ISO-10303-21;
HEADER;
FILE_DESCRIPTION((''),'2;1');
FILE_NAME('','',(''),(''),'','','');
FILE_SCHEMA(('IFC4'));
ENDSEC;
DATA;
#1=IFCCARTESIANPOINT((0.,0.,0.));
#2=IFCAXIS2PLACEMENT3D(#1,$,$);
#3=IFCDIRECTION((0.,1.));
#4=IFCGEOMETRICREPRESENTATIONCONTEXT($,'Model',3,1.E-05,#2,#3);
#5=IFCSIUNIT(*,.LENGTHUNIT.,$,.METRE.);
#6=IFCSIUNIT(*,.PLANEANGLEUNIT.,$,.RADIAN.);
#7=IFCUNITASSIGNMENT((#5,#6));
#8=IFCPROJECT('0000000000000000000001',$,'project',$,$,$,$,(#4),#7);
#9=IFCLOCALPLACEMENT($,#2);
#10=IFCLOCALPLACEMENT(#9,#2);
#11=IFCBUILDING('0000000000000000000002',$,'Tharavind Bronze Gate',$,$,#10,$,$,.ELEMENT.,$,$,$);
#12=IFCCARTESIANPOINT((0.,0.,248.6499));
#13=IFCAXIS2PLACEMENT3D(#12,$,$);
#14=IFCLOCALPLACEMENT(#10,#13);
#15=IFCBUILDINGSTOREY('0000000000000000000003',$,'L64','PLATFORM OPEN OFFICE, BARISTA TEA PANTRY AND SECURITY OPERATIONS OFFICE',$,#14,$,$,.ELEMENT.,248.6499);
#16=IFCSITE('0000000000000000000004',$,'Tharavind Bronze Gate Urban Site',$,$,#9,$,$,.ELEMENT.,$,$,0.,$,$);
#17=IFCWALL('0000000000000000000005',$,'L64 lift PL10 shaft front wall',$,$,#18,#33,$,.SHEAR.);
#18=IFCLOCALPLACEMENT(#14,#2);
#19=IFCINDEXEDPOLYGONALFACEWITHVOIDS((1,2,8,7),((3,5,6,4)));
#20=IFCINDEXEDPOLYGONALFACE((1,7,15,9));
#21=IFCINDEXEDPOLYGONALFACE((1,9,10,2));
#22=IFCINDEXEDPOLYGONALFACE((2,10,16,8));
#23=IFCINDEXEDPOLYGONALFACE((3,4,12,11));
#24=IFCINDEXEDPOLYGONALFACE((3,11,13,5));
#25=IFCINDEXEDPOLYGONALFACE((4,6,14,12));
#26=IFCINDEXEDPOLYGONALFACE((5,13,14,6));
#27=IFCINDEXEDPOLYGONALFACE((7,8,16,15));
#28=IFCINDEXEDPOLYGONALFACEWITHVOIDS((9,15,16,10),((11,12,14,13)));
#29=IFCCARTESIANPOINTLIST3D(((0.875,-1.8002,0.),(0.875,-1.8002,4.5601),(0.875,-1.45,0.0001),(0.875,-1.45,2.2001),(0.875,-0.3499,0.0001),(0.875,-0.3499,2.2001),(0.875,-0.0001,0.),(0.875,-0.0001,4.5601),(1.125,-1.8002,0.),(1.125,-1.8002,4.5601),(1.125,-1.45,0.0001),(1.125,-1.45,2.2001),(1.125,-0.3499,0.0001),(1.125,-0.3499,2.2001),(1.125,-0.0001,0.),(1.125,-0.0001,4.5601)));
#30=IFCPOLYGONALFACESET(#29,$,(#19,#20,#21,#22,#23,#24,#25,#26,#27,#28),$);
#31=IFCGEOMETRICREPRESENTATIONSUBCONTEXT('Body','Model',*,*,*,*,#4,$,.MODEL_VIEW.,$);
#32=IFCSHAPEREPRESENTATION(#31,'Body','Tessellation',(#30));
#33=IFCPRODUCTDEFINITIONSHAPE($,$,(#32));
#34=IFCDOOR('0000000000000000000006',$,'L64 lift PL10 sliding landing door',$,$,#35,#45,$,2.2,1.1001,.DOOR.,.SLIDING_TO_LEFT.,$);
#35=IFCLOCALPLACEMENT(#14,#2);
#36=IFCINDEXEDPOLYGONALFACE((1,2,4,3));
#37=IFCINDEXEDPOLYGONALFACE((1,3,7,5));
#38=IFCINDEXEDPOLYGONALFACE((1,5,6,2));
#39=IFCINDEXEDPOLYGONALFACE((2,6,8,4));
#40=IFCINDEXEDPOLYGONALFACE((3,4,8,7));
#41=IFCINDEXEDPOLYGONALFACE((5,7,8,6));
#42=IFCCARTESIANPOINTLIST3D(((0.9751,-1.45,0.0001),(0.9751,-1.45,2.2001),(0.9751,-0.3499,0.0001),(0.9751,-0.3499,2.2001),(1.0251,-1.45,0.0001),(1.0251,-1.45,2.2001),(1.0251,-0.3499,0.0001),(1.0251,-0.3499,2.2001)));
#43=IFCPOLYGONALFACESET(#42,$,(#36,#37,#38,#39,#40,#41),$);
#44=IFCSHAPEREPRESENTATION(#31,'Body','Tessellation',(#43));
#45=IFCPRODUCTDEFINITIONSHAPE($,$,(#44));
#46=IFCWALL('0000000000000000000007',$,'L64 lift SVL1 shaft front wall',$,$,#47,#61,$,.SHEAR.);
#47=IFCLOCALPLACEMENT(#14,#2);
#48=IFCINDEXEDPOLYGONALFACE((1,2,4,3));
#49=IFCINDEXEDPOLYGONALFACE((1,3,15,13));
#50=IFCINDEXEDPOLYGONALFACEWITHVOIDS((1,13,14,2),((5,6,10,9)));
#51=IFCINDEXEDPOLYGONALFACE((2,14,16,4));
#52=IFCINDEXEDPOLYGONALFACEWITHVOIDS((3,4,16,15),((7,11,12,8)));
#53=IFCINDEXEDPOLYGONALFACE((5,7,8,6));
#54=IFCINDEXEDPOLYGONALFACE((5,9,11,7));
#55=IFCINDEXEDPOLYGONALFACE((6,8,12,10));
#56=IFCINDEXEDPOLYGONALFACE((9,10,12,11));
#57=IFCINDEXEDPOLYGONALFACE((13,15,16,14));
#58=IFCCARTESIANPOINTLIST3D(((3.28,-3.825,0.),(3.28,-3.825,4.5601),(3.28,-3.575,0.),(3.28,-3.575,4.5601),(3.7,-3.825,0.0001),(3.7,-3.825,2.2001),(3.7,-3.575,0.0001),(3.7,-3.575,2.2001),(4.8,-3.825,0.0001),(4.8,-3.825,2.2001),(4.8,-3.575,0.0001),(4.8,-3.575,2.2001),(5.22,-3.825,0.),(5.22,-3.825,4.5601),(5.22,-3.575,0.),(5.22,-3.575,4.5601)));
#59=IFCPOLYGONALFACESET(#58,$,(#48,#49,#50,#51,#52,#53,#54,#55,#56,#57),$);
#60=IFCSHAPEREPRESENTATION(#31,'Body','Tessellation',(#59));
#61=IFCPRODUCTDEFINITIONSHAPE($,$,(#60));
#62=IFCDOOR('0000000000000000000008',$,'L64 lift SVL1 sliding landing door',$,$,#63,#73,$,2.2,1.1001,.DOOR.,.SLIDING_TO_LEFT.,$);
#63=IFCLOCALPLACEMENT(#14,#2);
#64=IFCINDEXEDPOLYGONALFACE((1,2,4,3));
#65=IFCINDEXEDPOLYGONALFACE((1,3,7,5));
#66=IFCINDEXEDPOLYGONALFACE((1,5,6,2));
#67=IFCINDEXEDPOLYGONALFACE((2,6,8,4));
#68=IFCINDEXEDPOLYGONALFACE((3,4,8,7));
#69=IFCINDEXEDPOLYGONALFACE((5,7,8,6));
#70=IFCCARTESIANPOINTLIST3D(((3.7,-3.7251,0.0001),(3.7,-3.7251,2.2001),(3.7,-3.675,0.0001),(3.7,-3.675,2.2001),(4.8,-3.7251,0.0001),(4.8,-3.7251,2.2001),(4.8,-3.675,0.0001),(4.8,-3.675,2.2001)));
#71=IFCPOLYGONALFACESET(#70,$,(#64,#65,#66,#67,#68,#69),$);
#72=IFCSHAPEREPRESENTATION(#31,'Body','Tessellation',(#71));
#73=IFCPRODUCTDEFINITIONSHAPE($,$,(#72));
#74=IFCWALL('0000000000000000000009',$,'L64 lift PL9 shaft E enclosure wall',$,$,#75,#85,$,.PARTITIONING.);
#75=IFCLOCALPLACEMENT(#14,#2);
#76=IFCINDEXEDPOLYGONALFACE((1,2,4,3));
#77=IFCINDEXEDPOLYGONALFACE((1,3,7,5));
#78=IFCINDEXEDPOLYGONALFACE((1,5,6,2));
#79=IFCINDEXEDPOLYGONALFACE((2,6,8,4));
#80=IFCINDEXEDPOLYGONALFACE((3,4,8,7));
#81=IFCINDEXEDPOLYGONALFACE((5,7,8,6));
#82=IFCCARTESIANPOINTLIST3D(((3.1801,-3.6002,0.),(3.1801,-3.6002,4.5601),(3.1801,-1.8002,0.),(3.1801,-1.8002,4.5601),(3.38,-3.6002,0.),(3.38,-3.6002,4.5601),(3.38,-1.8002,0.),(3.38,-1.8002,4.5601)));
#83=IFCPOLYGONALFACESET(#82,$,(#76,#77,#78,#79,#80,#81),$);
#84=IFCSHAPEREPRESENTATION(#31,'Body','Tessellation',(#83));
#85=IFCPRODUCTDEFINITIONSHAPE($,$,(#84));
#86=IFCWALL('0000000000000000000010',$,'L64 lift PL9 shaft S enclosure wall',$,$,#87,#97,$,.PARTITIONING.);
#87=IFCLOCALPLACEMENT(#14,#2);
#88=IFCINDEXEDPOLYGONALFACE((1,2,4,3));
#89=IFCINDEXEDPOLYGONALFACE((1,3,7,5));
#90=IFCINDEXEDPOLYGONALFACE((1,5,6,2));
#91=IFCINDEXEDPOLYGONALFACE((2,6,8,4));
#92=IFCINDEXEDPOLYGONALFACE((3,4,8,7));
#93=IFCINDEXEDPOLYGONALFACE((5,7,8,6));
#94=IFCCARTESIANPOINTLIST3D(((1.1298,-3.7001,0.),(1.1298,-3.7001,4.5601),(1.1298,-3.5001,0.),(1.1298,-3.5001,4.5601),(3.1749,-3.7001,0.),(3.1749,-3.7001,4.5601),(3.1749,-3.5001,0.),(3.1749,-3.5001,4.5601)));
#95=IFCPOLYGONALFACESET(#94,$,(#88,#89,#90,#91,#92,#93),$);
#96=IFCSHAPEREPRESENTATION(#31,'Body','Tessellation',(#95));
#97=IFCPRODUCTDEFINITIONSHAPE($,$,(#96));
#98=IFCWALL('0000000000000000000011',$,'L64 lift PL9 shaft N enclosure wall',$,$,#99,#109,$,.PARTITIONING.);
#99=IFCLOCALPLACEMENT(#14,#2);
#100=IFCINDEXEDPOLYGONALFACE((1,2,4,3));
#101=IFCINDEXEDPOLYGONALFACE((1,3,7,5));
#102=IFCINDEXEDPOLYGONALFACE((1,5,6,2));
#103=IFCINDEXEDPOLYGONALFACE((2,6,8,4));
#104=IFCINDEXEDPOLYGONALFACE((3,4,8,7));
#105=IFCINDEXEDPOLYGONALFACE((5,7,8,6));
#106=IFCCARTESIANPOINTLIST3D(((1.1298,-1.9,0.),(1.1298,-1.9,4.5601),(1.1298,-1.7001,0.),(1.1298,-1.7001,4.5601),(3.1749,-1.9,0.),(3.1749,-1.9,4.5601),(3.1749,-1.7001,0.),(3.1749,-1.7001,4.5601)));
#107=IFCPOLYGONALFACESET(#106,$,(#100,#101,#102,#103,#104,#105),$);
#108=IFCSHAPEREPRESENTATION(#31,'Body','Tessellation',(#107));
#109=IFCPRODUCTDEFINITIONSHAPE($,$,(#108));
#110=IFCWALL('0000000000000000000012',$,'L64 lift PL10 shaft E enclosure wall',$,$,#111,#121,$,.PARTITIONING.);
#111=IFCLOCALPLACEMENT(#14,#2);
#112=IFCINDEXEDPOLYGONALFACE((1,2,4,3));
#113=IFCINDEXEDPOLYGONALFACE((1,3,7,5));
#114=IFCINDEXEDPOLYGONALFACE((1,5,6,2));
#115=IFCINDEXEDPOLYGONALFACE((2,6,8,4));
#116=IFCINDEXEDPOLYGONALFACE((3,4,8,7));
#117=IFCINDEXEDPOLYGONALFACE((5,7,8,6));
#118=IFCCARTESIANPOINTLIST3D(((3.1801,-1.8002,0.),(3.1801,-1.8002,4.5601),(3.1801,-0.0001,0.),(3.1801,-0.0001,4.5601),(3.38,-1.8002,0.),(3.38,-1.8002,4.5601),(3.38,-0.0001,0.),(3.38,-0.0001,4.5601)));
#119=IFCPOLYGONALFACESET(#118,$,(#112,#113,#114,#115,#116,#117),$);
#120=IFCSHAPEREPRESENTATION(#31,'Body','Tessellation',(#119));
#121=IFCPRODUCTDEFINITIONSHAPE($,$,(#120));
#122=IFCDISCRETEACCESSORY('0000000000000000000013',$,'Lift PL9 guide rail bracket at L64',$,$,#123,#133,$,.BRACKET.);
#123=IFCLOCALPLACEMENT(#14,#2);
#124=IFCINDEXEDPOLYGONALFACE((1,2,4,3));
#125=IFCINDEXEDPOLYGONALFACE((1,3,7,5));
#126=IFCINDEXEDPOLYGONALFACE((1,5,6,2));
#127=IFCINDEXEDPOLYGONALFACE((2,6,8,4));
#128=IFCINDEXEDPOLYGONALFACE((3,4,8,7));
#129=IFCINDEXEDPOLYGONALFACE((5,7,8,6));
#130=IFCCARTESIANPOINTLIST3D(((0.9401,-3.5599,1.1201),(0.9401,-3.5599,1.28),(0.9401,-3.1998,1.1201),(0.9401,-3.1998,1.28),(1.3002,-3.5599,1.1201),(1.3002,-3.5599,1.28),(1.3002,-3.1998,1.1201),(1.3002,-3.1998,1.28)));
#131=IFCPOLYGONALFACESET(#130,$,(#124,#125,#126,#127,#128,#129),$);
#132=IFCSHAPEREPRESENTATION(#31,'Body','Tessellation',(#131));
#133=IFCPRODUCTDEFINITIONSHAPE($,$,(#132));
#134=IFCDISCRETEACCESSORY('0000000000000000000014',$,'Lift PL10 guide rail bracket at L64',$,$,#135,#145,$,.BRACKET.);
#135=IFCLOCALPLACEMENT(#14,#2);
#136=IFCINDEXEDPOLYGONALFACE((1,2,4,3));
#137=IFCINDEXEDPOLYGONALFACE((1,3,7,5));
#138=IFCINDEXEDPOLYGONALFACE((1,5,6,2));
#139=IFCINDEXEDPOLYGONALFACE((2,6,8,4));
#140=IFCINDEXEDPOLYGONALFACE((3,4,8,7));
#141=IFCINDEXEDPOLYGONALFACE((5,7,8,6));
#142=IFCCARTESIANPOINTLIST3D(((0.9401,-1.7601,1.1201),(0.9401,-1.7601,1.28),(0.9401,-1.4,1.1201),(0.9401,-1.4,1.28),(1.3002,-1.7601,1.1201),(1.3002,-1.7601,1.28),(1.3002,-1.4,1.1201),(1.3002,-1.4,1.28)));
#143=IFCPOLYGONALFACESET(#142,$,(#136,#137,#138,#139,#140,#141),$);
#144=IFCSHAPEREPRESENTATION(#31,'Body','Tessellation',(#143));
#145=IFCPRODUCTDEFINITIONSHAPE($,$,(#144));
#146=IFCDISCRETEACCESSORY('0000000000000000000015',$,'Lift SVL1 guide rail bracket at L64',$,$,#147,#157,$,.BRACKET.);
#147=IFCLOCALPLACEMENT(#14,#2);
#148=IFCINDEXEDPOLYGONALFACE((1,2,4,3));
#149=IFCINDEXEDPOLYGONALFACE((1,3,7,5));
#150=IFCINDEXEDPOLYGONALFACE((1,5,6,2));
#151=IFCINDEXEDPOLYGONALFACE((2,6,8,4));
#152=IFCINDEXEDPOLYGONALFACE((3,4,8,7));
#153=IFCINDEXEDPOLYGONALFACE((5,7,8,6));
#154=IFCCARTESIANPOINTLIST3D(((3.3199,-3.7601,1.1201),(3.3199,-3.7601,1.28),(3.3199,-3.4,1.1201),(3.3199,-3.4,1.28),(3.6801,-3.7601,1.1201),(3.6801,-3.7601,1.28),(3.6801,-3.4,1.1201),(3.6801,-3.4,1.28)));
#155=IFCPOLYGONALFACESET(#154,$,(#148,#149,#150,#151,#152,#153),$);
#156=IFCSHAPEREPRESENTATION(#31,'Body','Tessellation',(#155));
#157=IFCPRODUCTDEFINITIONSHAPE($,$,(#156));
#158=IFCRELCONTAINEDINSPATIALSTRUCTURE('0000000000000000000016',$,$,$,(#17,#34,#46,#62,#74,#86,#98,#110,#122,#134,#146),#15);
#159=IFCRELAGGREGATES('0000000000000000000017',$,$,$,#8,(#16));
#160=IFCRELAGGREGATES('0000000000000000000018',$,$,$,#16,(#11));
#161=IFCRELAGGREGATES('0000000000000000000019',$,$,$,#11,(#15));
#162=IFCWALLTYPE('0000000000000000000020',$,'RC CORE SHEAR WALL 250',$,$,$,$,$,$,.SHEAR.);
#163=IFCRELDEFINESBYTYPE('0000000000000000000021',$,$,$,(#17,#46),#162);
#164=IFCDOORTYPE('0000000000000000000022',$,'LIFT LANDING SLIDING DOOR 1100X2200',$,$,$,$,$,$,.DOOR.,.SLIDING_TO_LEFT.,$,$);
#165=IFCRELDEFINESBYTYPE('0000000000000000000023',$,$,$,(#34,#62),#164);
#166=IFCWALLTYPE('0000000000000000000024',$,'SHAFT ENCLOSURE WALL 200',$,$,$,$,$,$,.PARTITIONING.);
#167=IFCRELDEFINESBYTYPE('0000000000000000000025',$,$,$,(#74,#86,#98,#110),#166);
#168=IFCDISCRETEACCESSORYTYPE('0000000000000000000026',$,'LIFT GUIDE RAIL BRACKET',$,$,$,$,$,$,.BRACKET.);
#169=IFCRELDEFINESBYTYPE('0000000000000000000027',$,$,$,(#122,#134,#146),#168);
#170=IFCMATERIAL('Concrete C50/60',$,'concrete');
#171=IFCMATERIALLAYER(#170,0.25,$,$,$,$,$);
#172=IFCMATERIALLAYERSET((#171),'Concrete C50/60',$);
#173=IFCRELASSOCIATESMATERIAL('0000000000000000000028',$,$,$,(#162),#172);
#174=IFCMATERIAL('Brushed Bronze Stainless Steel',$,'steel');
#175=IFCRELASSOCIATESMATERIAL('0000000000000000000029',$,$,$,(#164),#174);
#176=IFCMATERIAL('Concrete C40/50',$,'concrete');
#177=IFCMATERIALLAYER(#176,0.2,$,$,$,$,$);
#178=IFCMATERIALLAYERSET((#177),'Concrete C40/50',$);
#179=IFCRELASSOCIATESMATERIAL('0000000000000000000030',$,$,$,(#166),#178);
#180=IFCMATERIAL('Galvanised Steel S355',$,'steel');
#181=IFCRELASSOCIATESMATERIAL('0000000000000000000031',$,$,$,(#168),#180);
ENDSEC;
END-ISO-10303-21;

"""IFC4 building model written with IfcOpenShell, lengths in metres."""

from ifc_helpers import new_model, si_unit, direction, frame, frame_2d, origin, origin_2d, place, context, subcontext, project, spatial, rectangle, extrude, material, layer, layer_set, type_object, element, fill, save


model = new_model("IFC4")

# Units and contexts
model_context = context("Model", 3, precision=1e-05, world=origin(), true_north=direction((0.0, 1.0)))
body_context = subcontext(model_context, "Body", "Model", "MODEL_VIEW")
ifc_project = project(units=[si_unit("LENGTHUNIT", "METRE"), si_unit("PLANEANGLEUNIT", "RADIAN")], contexts=[model_context])

# Site, building, storey
site_placement = place(None, origin())
site = spatial("IfcSite", under=ifc_project, at=site_placement, Name="Tharavind Bronze Gate Urban Site", CompositionType="ELEMENT", RefElevation=0.0)
building_placement = place(site_placement, origin())
building = spatial("IfcBuilding", under=site, at=building_placement, Name="Tharavind Bronze Gate", CompositionType="ELEMENT")
storey_placement = place(building_placement, frame((0.0, 0.0, 248.6499)))
storey = spatial("IfcBuildingStorey", under=building, at=storey_placement, Name="L64", Description="PLATFORM OPEN OFFICE, BARISTA TEA PANTRY AND SECURITY OPERATIONS OFFICE", CompositionType="ELEMENT", Elevation=248.6499)

# Shared definitions
ifc_material_1 = material(Name="Concrete C50/60", Category="concrete")
ifc_layer_1 = layer(ifc_material_1, 0.25)
ifc_layer_set_1 = layer_set([ifc_layer_1], Name="Concrete C50/60")
wall_type_1 = type_object("IfcWallType", Name="RC CORE SHEAR WALL 250", PredefinedType="SHEAR", material=ifc_layer_set_1)

# Walls, openings, doors
ifc_material_2 = material(Name="Brushed Bronze Stainless Steel", Category="steel")
door_type = type_object("IfcDoorType", Name="LIFT LANDING SLIDING DOOR 1100X2200", OperationType="SLIDING_TO_LEFT", PredefinedType="DOOR", material=ifc_material_2)
wall_1_placement = place(storey_placement, frame((1.0, -1.8, 0.0), z_axis=(0.0, 0.0, 1.0), x_axis=(0.0, 1.0, 0.0)))
wall_1 = element("IfcWall", 1, at=wall_1_placement, inside=storey, type_object=wall_type_1, Name="L64 lift PL10 shaft front wall", PredefinedType="SHEAR", context=body_context, shape_type="SweptSolid", body=[
    extrude(rectangle(XDim=1.8, YDim=0.25, at=frame_2d((0.8999, 0.0))), origin(), (0.0, 0.0, 1.0), 4.5601),
])
opening_1_placement = place(wall_1_placement, frame((0.3501, 0.0, 0.0)))
opening_1 = element("IfcOpeningElement", 2, at=opening_1_placement, cuts=wall_1, PredefinedType="OPENING", context=body_context, shape_type="SweptSolid", body=[
    extrude(rectangle(XDim=1.1001, YDim=2.2, at=frame_2d((0.55, 1.1001))), frame((0.0, 0.135, 0.0), z_axis=(0.0, -1.0, 0.0), x_axis=(1.0, 0.0, 0.0)), (0.0, 0.0, 1.0), 0.27),
])
door_1_placement = place(opening_1_placement, origin())
door_1 = element("IfcDoor", 3, at=door_1_placement, inside=storey, type_object=door_type, Name="L64 lift PL10 sliding landing door", OperationType="SLIDING_TO_LEFT", OverallHeight=2.2, OverallWidth=1.1001, PredefinedType="DOOR", context=body_context, shape_type="SweptSolid", body=[
    extrude(rectangle(XDim=1.1001, YDim=2.2, at=frame_2d((0.55, 1.1001))), frame((0.0, 0.0249, 0.0), z_axis=(0.0, -1.0, 0.0), x_axis=(1.0, 0.0, 0.0)), (0.0, 0.0, 1.0), 0.05),
])
fill(opening_1, door_1)
wall_2_placement = place(storey_placement, frame((3.28, -3.7, 0.0), z_axis=(0.0, 0.0, 1.0), x_axis=(1.0, 0.0, 0.0)))
wall_2 = element("IfcWall", 4, at=wall_2_placement, inside=storey, type_object=wall_type_1, Name="L64 lift SVL1 shaft front wall", PredefinedType="SHEAR", context=body_context, shape_type="SweptSolid", body=[
    extrude(rectangle(XDim=1.9399, YDim=0.25, at=frame_2d((0.97, 0.0))), origin(), (0.0, 0.0, 1.0), 4.5601),
])
opening_2_placement = place(wall_2_placement, frame((0.4199, 0.0, 0.0)))
opening_2 = element("IfcOpeningElement", 5, at=opening_2_placement, cuts=wall_2, PredefinedType="OPENING", context=body_context, shape_type="SweptSolid", body=[
    extrude(rectangle(XDim=1.1001, YDim=2.2, at=frame_2d((0.55, 1.1001))), frame((0.0, 0.135, 0.0), z_axis=(0.0, -1.0, 0.0), x_axis=(1.0, 0.0, 0.0)), (0.0, 0.0, 1.0), 0.27),
])
door_2_placement = place(opening_2_placement, origin())
door_2 = element("IfcDoor", 6, at=door_2_placement, inside=storey, type_object=door_type, Name="L64 lift SVL1 sliding landing door", OperationType="SLIDING_TO_LEFT", OverallHeight=2.2, OverallWidth=1.1001, PredefinedType="DOOR", context=body_context, shape_type="SweptSolid", body=[
    extrude(rectangle(XDim=1.1001, YDim=2.2, at=frame_2d((0.55, 1.1001))), frame((0.0, 0.0249, 0.0), z_axis=(0.0, -1.0, 0.0), x_axis=(1.0, 0.0, 0.0)), (0.0, 0.0, 1.0), 0.05),
])
fill(opening_2, door_2)

# Walls
ifc_material_3 = material(Name="Concrete C40/50", Category="concrete")
ifc_layer_2 = layer(ifc_material_3, 0.2)
ifc_layer_set_2 = layer_set([ifc_layer_2], Name="Concrete C40/50")
wall_type_2 = type_object("IfcWallType", Name="SHAFT ENCLOSURE WALL 200", PredefinedType="PARTITIONING", material=ifc_layer_set_2)
wall_3_placement = place(storey_placement, frame((3.28, -3.6001, 0.0), z_axis=(0.0, 0.0, 1.0), x_axis=(0.0, 1.0, 0.0)))
element("IfcWall", 7, at=wall_3_placement, inside=storey, type_object=wall_type_2, Name="L64 lift PL9 shaft E enclosure wall", PredefinedType="PARTITIONING", context=body_context, shape_type="SweptSolid", body=[
    extrude(rectangle(XDim=1.8, YDim=0.2, at=frame_2d((0.8999, 0.0))), origin(), (0.0, 0.0, 1.0), 4.5601),
])
for number, where, z_axis, x_axis, name in (
    (8, (1.1299, -3.6001, 0.0), (0.0, 0.0, 1.0), (1.0, 0.0, 0.0), "L64 lift PL9 shaft S enclosure wall"),
    (9, (1.1299, -1.8, 0.0), (0.0, 0.0, 1.0), (1.0, 0.0, 0.0), "L64 lift PL9 shaft N enclosure wall"),
):
    element("IfcWall", number, at=place(storey_placement, frame(where, z_axis=z_axis, x_axis=x_axis)), inside=storey, type_object=wall_type_2, Name=name, PredefinedType="PARTITIONING", context=body_context, shape_type="SweptSolid", body=[
        extrude(rectangle(XDim=2.0452, YDim=0.2, at=frame_2d((1.0225, 0.0))), origin(), (0.0, 0.0, 1.0), 4.5601),
    ])
wall_4_placement = place(storey_placement, frame((3.28, -1.8, 0.0), z_axis=(0.0, 0.0, 1.0), x_axis=(0.0, 1.0, 0.0)))
element("IfcWall", 10, at=wall_4_placement, inside=storey, type_object=wall_type_2, Name="L64 lift PL10 shaft E enclosure wall", PredefinedType="PARTITIONING", context=body_context, shape_type="SweptSolid", body=[
    extrude(rectangle(XDim=1.8, YDim=0.2, at=frame_2d((0.8999, 0.0))), origin(), (0.0, 0.0, 1.0), 4.5601),
])

# Discrete accessories
ifc_material_4 = material(Name="Galvanised Steel S355", Category="steel")
discrete_accessory_type = type_object("IfcDiscreteAccessoryType", Name="LIFT GUIDE RAIL BRACKET", PredefinedType="BRACKET", material=ifc_material_4)
for number, where, z_axis, x_axis, name in (
    (11, (1.1201, -3.3799, 1.1201), (0.0, 0.0, 1.0), (1.0, 0.0, 0.0), "Lift PL9 guide rail bracket at L64"),
    (12, (1.1201, -1.5801, 1.1201), (0.0, 0.0, 1.0), (1.0, 0.0, 0.0), "Lift PL10 guide rail bracket at L64"),
    (13, (3.5, -3.5801, 1.1201), (0.0, 0.0, 1.0), (1.0, 0.0, 0.0), "Lift SVL1 guide rail bracket at L64"),
):
    element("IfcDiscreteAccessory", number, at=place(storey_placement, frame(where, z_axis=z_axis, x_axis=x_axis)), inside=storey, type_object=discrete_accessory_type, Name=name, PredefinedType="BRACKET", context=body_context, shape_type="SweptSolid", body=[
        extrude(rectangle(XDim=0.3601, YDim=0.3601, at=origin_2d()), origin(), (0.0, 0.0, 1.0), 0.1599),
    ])

save(model, "model.ifc")
